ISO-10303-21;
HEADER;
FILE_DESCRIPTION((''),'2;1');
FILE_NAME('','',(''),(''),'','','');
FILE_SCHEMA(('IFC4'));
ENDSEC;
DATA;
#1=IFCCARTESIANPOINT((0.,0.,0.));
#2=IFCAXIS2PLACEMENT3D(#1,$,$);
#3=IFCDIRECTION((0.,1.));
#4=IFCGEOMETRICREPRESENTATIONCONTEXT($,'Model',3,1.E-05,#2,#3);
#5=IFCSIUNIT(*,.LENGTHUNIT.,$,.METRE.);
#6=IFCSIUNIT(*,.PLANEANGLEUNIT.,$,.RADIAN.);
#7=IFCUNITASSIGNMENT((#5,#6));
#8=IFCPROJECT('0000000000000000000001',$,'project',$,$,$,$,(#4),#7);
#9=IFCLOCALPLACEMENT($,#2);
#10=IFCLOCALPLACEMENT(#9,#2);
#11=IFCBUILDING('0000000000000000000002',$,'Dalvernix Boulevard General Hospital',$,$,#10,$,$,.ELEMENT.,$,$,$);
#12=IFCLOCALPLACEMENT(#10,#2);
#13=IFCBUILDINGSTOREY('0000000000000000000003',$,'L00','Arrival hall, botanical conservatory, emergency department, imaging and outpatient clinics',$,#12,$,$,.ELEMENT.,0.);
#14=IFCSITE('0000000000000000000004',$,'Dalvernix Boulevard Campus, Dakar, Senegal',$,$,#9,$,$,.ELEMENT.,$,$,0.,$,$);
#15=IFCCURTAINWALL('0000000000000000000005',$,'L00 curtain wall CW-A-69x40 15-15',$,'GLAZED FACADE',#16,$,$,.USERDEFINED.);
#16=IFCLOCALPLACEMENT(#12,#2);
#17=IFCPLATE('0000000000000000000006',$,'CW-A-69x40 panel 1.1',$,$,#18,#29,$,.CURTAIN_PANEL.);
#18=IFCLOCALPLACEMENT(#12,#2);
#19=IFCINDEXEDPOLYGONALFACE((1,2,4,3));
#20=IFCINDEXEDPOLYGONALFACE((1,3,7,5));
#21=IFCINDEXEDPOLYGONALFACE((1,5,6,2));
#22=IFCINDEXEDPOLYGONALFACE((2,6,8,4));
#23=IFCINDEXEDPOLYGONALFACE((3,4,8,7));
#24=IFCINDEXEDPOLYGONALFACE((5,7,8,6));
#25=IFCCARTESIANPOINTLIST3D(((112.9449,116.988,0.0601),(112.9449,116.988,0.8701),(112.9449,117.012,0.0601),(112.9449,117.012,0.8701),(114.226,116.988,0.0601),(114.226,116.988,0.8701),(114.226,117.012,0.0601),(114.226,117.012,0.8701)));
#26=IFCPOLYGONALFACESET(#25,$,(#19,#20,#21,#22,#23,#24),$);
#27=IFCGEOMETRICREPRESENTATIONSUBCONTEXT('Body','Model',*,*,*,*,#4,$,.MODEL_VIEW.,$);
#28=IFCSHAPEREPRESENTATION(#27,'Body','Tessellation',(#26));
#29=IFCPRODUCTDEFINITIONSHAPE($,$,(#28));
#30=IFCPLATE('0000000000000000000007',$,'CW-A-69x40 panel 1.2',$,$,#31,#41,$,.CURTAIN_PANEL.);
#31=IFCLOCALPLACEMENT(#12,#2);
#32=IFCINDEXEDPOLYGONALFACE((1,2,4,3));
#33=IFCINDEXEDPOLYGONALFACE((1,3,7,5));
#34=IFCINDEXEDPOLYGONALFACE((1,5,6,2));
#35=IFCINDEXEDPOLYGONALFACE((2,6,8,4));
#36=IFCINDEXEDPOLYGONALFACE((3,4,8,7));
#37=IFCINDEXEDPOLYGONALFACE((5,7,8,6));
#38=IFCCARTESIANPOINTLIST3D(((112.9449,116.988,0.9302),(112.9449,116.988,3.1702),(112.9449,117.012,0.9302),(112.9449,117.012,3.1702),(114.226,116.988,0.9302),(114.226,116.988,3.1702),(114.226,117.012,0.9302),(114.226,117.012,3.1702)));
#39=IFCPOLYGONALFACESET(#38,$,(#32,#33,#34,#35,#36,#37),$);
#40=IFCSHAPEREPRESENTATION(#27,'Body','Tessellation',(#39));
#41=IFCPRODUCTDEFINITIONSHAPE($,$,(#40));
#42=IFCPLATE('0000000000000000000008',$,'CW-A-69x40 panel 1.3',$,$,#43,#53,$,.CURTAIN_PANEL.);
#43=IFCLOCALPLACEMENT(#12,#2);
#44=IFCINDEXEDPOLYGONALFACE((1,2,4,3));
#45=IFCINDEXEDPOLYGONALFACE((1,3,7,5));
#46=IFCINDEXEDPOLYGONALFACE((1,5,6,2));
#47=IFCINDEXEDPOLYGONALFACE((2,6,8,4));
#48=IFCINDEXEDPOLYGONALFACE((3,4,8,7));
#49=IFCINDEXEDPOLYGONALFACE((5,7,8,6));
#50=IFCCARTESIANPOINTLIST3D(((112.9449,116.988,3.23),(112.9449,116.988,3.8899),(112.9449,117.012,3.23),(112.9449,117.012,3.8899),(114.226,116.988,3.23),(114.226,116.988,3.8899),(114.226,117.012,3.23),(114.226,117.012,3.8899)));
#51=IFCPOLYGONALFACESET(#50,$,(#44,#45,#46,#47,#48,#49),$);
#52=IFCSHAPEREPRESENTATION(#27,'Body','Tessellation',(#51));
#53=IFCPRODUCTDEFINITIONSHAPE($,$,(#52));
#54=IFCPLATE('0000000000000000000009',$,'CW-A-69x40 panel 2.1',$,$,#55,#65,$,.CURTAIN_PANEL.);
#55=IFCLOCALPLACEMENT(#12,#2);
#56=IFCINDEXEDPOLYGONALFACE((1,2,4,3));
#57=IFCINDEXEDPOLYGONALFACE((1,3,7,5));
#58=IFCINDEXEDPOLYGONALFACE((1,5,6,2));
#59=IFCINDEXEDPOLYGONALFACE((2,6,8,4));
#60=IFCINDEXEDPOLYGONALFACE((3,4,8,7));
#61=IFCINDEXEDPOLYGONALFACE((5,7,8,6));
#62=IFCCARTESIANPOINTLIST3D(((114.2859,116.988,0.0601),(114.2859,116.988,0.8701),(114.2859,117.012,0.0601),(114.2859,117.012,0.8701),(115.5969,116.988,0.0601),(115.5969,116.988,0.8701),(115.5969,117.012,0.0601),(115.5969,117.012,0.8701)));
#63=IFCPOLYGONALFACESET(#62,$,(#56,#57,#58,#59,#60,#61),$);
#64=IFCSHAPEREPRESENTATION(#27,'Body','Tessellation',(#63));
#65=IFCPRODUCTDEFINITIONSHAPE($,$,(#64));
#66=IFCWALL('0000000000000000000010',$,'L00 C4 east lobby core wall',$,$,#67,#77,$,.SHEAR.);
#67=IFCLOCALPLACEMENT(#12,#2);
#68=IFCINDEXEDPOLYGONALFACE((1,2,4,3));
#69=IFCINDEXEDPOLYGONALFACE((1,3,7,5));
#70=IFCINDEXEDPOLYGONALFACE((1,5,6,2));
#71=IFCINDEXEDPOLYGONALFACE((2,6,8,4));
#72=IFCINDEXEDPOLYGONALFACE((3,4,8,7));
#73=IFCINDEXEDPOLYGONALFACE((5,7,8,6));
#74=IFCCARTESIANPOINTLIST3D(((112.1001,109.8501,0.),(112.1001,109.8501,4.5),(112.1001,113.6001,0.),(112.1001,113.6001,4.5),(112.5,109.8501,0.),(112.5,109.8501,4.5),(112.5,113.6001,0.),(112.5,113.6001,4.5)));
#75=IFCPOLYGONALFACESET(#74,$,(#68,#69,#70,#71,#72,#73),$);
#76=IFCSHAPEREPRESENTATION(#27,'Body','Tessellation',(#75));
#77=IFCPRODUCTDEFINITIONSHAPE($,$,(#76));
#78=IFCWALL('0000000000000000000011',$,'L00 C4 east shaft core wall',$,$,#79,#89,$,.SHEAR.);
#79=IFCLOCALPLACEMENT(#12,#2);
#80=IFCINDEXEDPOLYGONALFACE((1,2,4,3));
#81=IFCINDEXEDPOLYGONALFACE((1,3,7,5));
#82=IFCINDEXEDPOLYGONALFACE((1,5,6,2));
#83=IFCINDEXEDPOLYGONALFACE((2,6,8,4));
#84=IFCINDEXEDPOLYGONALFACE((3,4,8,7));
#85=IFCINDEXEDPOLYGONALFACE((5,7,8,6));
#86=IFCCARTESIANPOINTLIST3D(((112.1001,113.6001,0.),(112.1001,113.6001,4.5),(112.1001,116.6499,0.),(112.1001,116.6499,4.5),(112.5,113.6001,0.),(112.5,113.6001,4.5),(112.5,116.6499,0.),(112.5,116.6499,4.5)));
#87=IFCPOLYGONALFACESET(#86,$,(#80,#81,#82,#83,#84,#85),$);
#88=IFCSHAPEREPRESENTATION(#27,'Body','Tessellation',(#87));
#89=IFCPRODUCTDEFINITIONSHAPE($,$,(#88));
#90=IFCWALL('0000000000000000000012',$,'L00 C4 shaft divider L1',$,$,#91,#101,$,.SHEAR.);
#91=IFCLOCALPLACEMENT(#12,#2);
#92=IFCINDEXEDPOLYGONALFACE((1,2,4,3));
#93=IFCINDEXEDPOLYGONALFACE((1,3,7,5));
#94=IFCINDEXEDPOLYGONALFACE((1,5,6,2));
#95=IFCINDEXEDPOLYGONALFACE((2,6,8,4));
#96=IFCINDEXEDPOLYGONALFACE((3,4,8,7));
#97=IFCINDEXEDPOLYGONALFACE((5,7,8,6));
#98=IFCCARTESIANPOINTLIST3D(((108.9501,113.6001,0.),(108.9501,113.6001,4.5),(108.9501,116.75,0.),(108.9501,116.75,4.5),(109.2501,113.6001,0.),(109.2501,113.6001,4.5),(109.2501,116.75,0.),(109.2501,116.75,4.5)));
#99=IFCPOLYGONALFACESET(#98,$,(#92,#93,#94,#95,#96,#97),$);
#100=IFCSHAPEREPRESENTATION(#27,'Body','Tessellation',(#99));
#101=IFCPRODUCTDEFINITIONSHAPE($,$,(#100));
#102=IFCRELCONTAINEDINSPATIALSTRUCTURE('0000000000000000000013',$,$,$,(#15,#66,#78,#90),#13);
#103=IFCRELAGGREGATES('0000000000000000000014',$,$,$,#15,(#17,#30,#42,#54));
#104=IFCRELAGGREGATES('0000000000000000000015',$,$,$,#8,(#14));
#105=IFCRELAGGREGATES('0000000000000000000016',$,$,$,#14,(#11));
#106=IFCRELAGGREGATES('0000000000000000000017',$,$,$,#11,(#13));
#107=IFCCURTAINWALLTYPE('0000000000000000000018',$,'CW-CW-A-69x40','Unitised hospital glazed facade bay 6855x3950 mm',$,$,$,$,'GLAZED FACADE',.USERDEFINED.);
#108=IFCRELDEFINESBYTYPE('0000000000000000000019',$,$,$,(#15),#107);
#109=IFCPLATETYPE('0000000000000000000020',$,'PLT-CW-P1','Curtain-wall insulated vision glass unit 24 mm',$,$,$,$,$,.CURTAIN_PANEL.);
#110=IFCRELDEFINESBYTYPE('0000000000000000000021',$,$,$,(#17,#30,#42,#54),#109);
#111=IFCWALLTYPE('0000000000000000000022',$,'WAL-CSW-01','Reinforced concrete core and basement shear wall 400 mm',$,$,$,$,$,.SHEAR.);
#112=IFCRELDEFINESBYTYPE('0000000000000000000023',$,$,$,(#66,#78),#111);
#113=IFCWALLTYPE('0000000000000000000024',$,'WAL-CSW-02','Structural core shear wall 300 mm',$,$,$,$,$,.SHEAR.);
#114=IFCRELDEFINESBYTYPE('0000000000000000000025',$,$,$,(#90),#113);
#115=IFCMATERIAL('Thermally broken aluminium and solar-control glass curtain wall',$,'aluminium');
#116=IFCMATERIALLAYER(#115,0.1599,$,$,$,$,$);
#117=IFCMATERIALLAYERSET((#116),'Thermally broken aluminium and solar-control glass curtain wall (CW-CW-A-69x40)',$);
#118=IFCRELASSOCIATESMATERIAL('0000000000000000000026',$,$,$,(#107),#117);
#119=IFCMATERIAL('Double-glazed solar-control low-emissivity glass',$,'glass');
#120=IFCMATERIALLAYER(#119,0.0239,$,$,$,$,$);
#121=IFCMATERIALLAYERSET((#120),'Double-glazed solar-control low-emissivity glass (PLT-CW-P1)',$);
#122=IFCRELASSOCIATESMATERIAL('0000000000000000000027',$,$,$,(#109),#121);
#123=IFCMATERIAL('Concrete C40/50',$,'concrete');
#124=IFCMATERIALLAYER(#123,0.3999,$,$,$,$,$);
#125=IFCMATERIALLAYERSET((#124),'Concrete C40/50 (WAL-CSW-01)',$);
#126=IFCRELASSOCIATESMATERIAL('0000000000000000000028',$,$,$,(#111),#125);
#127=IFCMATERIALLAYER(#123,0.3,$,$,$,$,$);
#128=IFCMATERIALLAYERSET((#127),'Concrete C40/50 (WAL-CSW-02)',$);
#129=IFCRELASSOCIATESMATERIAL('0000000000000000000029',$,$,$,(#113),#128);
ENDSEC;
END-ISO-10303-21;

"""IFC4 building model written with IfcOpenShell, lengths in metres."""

from ifc_helpers import new_model, si_unit, direction, frame, frame_2d, origin, origin_2d, place, context, subcontext, project, spatial, rectangle, extrude, material, layer, layer_set, type_object, element, aggregate, save


model = new_model("IFC4")

# Units and contexts
model_context = context("Model", 3, precision=1e-05, world=origin(), true_north=direction((0.0, 1.0)))
body_context = subcontext(model_context, "Body", "Model", "MODEL_VIEW")
ifc_project = project(units=[si_unit("LENGTHUNIT", "METRE"), si_unit("PLANEANGLEUNIT", "RADIAN")], contexts=[model_context])

# Site, building, storey
site_placement = place(None, origin())
site = spatial("IfcSite", under=ifc_project, at=site_placement, Name="Dalvernix Boulevard Campus, Dakar, Senegal", CompositionType="ELEMENT", RefElevation=0.0)
building_placement = place(site_placement, origin())
building = spatial("IfcBuilding", under=site, at=building_placement, Name="Dalvernix Boulevard General Hospital", CompositionType="ELEMENT")
storey_placement = place(building_placement, origin())
storey = spatial("IfcBuildingStorey", under=building, at=storey_placement, Name="L00", Description="Arrival hall, botanical conservatory, emergency department, imaging and outpatient clinics", CompositionType="ELEMENT", Elevation=0.0)

# Shared definitions
ifc_material_1 = material(Name="Concrete C40/50", Category="concrete")

# Curtain wall, plates
ifc_material_2 = material(Name="Thermally broken aluminium and solar-control glass curtain wall", Category="aluminium")
ifc_layer_1 = layer(ifc_material_2, 0.1599)
ifc_layer_set_1 = layer_set([ifc_layer_1], Name="Thermally broken aluminium and solar-control glass curtain wall (CW-CW-A-69x40)")
curtain_wall_type = type_object("IfcCurtainWallType", Name="CW-CW-A-69x40", Description="Unitised hospital glazed facade bay 6855x3950 mm", ElementType="GLAZED FACADE", PredefinedType="USERDEFINED", material=ifc_layer_set_1)
curtain_wall_placement = place(storey_placement, origin())
curtain_wall = element("IfcCurtainWall", 1, at=curtain_wall_placement, inside=storey, type_object=curtain_wall_type, Name="L00 curtain wall CW-A-69x40 15-15", ObjectType="GLAZED FACADE", PredefinedType="USERDEFINED")
ifc_material_3 = material(Name="Double-glazed solar-control low-emissivity glass", Category="glass")
ifc_layer_2 = layer(ifc_material_3, 0.0239)
ifc_layer_set_2 = layer_set([ifc_layer_2], Name="Double-glazed solar-control low-emissivity glass (PLT-CW-P1)")
plate_type = type_object("IfcPlateType", Name="PLT-CW-P1", Description="Curtain-wall insulated vision glass unit 24 mm", PredefinedType="CURTAIN_PANEL", material=ifc_layer_set_2)
plate_1_placement = place(storey_placement, frame((113.5854, 117.0, 0.0601), z_axis=(0.0, 0.0, 1.0), x_axis=(1.0, 0.0, 0.0)))
plate_1 = element("IfcPlate", 2, at=plate_1_placement, type_object=plate_type, Name="CW-A-69x40 panel 1.1", PredefinedType="CURTAIN_PANEL", context=body_context, shape_type="SweptSolid", body=[
    extrude(rectangle(XDim=1.281, YDim=0.0239, at=origin_2d()), origin(), (0.0, 0.0, 1.0), 0.8101),
])
plate_2_placement = place(storey_placement, frame((113.5854, 117.0, 0.9302), z_axis=(0.0, 0.0, 1.0), x_axis=(1.0, 0.0, 0.0)))
plate_2 = element("IfcPlate", 3, at=plate_2_placement, type_object=plate_type, Name="CW-A-69x40 panel 1.2", PredefinedType="CURTAIN_PANEL", context=body_context, shape_type="SweptSolid", body=[
    extrude(rectangle(XDim=1.281, YDim=0.0239, at=origin_2d()), origin(), (0.0, 0.0, 1.0), 2.24),
])
plate_3_placement = place(storey_placement, frame((113.5854, 117.0, 3.23), z_axis=(0.0, 0.0, 1.0), x_axis=(1.0, 0.0, 0.0)))
plate_3 = element("IfcPlate", 4, at=plate_3_placement, type_object=plate_type, Name="CW-A-69x40 panel 1.3", PredefinedType="CURTAIN_PANEL", context=body_context, shape_type="SweptSolid", body=[
    extrude(rectangle(XDim=1.281, YDim=0.0239, at=origin_2d()), origin(), (0.0, 0.0, 1.0), 0.6599),
])
plate_4_placement = place(storey_placement, frame((114.9414, 117.0, 0.0601), z_axis=(0.0, 0.0, 1.0), x_axis=(1.0, 0.0, 0.0)))
plate_4 = element("IfcPlate", 5, at=plate_4_placement, type_object=plate_type, Name="CW-A-69x40 panel 2.1", PredefinedType="CURTAIN_PANEL", context=body_context, shape_type="SweptSolid", body=[
    extrude(rectangle(XDim=1.311, YDim=0.0239, at=origin_2d()), origin(), (0.0, 0.0, 1.0), 0.8101),
])
aggregate(curtain_wall, [plate_1, plate_2, plate_3, plate_4])

# Walls
ifc_layer_3 = layer(ifc_material_1, 0.3999)
ifc_layer_set_3 = layer_set([ifc_layer_3], Name="Concrete C40/50 (WAL-CSW-01)")
wall_type_1 = type_object("IfcWallType", Name="WAL-CSW-01", Description="Reinforced concrete core and basement shear wall 400 mm", PredefinedType="SHEAR", material=ifc_layer_set_3)
wall_1_placement = place(storey_placement, frame((112.3, 109.8501, 0.0), z_axis=(0.0, 0.0, 1.0), x_axis=(0.0, 1.0, 0.0)))
element("IfcWall", 6, at=wall_1_placement, inside=storey, type_object=wall_type_1, Name="L00 C4 east lobby core wall", PredefinedType="SHEAR", context=body_context, shape_type="SweptSolid", body=[
    extrude(rectangle(XDim=3.75, YDim=0.3999, at=frame_2d((1.875, 0.0))), origin(), (0.0, 0.0, 1.0), 4.5),
])
wall_2_placement = place(storey_placement, frame((112.3, 113.6001, 0.0), z_axis=(0.0, 0.0, 1.0), x_axis=(0.0, 1.0, 0.0)))
element("IfcWall", 7, at=wall_2_placement, inside=storey, type_object=wall_type_1, Name="L00 C4 east shaft core wall", PredefinedType="SHEAR", context=body_context, shape_type="SweptSolid", body=[
    extrude(rectangle(XDim=3.0498, YDim=0.3999, at=frame_2d((1.5249, 0.0))), origin(), (0.0, 0.0, 1.0), 4.5),
])
ifc_layer_4 = layer(ifc_material_1, 0.3)
ifc_layer_set_4 = layer_set([ifc_layer_4], Name="Concrete C40/50 (WAL-CSW-02)")
wall_type_2 = type_object("IfcWallType", Name="WAL-CSW-02", Description="Structural core shear wall 300 mm", PredefinedType="SHEAR", material=ifc_layer_set_4)
wall_3_placement = place(storey_placement, frame((109.1001, 113.6001, 0.0), z_axis=(0.0, 0.0, 1.0), x_axis=(0.0, 1.0, 0.0)))
element("IfcWall", 8, at=wall_3_placement, inside=storey, type_object=wall_type_2, Name="L00 C4 shaft divider L1", PredefinedType="SHEAR", context=body_context, shape_type="SweptSolid", body=[
    extrude(rectangle(XDim=3.1499, YDim=0.3, at=frame_2d((1.575, 0.0))), origin(), (0.0, 0.0, 1.0), 4.5),
])

save(model, "model.ifc")
